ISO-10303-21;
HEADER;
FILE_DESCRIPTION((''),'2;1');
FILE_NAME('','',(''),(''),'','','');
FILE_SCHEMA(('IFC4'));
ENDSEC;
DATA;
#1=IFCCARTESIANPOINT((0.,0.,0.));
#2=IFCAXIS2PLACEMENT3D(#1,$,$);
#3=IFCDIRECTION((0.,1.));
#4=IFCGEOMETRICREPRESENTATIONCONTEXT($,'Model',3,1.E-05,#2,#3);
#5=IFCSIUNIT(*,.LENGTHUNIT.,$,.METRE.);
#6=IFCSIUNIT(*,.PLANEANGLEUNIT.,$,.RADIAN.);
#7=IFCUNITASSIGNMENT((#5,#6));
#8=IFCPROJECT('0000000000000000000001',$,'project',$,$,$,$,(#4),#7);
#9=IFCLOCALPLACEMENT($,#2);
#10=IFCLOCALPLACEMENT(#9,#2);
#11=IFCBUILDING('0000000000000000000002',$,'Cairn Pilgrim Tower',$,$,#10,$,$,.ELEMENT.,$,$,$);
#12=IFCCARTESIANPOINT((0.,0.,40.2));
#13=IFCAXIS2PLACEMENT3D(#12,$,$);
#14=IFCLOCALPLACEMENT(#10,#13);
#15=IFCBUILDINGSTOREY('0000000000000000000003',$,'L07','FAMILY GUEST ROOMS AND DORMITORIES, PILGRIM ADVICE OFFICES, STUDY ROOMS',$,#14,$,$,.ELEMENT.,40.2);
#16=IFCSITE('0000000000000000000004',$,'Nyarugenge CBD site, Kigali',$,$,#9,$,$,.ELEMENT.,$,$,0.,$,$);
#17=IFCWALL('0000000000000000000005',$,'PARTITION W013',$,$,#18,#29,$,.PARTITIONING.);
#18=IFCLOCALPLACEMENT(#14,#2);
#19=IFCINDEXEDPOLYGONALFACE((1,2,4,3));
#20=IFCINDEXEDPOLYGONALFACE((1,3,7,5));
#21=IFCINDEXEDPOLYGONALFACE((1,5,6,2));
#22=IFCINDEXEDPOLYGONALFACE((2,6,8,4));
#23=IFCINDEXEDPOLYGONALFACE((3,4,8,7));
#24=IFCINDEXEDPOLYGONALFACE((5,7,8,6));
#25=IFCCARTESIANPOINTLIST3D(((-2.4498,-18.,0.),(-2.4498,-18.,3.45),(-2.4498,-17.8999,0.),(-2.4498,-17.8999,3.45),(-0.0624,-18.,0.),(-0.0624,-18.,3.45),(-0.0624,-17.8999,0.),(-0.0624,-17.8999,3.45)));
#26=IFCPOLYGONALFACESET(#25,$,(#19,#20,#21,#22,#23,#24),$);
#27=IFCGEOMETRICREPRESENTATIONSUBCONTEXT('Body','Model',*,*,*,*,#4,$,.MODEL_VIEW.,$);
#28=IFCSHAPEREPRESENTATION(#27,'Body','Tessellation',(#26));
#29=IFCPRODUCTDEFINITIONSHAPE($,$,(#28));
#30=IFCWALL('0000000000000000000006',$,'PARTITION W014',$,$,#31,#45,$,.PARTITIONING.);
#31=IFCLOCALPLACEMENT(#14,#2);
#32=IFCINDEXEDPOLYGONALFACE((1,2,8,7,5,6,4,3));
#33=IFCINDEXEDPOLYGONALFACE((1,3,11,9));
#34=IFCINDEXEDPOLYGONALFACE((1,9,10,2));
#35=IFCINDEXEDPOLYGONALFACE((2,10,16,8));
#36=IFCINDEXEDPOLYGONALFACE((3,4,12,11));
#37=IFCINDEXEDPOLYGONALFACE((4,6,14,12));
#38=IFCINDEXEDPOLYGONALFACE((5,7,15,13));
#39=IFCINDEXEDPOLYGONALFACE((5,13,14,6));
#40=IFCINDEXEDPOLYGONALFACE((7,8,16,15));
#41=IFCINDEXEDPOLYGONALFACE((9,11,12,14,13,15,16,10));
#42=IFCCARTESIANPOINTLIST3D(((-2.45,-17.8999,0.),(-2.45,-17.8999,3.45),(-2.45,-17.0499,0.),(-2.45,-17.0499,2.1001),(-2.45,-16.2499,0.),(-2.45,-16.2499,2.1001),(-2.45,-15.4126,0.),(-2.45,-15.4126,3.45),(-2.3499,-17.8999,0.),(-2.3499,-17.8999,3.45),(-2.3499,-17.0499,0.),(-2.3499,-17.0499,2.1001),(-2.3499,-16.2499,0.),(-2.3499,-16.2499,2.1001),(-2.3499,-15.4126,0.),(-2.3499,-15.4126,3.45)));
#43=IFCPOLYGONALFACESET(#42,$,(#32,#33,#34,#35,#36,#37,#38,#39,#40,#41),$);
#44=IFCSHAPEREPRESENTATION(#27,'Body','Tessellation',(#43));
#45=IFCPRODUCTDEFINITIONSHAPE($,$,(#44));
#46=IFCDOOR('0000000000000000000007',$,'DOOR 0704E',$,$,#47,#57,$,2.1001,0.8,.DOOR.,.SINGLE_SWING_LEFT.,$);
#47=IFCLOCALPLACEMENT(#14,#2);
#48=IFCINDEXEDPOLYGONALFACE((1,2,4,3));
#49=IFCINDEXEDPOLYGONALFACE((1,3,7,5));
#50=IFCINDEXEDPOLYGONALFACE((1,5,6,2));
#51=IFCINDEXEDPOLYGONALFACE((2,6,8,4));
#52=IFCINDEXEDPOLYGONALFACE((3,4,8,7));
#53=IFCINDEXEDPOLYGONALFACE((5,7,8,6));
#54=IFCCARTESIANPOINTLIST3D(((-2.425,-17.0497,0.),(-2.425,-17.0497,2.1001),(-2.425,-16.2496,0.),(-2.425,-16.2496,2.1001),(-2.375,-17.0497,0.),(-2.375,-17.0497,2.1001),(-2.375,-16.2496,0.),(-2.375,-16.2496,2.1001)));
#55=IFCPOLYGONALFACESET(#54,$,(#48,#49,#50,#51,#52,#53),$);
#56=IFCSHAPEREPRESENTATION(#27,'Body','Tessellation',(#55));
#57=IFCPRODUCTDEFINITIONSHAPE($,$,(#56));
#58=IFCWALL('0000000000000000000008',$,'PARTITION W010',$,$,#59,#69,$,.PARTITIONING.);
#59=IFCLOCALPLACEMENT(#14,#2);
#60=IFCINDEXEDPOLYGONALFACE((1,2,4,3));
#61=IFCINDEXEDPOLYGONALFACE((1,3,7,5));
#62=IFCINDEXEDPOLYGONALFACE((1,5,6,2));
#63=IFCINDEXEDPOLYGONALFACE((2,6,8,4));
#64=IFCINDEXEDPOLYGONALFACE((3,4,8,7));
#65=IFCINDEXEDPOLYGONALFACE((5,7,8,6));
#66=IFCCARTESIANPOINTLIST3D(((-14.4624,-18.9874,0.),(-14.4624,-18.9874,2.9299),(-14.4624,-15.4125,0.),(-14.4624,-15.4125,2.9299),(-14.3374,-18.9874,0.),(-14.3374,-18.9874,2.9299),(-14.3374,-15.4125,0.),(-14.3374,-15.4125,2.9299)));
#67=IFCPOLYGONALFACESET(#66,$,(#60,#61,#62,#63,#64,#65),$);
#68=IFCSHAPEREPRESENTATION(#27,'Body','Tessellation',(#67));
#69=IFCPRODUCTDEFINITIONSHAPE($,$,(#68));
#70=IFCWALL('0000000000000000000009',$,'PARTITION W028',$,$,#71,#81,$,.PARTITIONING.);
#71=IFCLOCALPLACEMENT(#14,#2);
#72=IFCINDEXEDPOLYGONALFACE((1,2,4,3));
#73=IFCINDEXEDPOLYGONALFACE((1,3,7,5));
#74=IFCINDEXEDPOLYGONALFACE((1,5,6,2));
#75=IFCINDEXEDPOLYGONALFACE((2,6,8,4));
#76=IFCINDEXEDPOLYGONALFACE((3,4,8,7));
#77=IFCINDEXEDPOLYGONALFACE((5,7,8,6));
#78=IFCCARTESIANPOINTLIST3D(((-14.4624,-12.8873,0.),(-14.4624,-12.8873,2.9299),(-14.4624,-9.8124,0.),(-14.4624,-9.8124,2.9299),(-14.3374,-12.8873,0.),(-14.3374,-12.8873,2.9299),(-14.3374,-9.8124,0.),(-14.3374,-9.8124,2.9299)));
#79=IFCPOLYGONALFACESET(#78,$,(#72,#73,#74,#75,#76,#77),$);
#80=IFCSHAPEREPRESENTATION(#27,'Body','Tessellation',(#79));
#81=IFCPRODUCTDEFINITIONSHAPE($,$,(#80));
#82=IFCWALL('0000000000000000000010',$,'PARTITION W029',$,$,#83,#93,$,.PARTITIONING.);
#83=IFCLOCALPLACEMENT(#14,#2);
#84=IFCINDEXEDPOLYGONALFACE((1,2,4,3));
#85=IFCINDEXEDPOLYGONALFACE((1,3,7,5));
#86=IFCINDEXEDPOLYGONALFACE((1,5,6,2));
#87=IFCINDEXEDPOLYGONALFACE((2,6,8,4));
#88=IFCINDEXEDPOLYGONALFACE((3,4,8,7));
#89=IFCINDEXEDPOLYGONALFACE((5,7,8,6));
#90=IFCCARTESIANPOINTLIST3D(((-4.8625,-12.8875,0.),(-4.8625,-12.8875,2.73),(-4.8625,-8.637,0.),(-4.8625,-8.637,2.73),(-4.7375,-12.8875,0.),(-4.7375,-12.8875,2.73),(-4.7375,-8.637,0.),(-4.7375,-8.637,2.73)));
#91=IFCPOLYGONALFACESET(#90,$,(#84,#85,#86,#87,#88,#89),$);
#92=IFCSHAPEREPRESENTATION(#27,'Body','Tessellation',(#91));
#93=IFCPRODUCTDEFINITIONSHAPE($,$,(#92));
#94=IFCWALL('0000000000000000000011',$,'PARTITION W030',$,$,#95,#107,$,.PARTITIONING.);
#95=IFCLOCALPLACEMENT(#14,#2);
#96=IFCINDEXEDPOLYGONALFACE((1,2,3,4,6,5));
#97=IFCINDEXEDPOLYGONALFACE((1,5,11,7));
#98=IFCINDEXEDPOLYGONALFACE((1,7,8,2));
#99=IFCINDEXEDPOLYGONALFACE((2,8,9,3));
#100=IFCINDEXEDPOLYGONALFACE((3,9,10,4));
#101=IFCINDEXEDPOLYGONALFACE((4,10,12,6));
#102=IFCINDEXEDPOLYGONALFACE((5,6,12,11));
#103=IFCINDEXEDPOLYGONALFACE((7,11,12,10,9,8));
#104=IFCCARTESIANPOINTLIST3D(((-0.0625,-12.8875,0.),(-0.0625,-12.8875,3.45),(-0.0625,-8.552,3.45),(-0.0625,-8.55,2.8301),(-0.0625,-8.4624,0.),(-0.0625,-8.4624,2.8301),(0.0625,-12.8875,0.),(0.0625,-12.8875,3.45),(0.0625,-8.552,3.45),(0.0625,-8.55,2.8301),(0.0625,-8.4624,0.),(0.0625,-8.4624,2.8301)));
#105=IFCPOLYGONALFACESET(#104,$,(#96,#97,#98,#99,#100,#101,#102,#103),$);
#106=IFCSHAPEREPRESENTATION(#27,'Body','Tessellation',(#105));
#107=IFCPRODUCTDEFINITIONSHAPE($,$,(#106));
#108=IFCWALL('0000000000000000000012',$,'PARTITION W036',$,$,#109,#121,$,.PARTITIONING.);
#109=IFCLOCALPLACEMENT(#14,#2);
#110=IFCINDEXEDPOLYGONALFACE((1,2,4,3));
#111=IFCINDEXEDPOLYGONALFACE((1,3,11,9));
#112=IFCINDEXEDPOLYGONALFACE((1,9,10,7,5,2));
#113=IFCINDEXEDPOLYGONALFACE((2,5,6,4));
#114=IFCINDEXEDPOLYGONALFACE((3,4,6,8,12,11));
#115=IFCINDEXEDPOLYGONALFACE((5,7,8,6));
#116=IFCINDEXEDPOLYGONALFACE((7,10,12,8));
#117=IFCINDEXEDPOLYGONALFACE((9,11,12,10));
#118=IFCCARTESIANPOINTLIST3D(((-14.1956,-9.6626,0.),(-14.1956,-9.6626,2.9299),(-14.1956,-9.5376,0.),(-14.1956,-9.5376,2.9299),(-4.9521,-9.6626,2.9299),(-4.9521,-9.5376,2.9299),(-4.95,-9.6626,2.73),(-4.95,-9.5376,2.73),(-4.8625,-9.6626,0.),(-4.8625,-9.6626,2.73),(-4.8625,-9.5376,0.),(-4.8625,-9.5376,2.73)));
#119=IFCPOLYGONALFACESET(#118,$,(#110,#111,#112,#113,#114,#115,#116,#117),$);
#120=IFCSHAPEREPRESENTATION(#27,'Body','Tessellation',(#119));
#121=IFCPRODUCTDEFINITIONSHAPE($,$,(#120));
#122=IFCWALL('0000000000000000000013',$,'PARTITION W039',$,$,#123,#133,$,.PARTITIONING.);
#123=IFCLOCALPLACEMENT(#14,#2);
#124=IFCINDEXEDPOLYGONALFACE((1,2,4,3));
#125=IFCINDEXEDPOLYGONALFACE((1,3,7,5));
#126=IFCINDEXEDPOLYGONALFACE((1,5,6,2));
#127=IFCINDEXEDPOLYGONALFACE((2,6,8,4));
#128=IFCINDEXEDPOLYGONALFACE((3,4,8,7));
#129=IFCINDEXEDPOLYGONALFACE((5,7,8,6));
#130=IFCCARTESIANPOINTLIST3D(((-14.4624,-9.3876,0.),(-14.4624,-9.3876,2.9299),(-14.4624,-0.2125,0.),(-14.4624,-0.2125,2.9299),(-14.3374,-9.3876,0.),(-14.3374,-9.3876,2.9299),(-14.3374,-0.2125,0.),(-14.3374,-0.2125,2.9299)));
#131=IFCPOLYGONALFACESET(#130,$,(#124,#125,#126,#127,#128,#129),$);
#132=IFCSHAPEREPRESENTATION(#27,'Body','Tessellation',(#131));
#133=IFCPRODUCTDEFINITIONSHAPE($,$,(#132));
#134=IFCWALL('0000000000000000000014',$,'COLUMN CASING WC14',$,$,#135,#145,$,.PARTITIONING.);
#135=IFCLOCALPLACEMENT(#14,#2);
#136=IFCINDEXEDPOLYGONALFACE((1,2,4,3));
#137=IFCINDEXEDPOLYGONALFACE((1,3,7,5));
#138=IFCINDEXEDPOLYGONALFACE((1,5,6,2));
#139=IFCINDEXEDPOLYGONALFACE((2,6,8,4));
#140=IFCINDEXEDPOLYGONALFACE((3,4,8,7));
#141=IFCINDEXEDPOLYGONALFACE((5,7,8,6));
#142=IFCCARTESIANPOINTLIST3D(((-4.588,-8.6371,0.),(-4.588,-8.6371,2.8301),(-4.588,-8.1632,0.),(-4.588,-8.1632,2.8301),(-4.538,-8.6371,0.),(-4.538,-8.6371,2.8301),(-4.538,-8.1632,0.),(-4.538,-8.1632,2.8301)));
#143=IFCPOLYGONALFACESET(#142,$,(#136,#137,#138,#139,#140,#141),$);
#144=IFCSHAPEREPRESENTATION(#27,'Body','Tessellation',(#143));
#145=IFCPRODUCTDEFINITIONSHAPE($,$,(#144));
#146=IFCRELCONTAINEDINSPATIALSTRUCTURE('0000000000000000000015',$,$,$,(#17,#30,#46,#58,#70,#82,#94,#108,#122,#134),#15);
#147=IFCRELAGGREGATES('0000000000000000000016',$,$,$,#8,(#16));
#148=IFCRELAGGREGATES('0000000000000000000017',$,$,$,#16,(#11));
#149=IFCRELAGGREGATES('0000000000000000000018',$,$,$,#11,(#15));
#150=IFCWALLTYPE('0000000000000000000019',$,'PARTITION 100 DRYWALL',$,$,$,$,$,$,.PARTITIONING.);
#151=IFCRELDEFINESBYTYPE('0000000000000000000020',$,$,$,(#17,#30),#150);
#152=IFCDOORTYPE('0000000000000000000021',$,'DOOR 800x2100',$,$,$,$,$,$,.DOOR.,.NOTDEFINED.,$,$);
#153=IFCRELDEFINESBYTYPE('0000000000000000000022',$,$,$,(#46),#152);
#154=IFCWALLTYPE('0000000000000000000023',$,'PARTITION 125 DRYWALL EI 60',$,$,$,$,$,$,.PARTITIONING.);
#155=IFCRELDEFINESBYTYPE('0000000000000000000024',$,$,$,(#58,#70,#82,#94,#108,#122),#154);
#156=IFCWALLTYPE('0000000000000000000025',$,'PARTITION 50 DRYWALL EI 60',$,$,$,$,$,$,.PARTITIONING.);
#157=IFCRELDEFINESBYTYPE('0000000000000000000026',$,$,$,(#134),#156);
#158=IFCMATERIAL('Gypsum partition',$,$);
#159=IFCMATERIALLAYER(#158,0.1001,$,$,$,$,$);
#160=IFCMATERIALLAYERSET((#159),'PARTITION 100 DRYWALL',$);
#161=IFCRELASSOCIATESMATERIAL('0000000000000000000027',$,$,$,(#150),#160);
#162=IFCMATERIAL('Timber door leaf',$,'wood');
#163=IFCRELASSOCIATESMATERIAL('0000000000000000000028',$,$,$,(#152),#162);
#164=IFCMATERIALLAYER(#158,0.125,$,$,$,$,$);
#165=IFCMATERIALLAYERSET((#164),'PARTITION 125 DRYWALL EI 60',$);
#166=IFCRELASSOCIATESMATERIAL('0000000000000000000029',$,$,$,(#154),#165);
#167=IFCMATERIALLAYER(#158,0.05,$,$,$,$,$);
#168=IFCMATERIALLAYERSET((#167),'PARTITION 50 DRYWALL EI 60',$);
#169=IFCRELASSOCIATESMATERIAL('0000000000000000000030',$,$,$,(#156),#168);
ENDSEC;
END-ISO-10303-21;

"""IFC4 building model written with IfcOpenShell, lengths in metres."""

from ifc_helpers import new_model, si_unit, direction, frame, frame_2d, origin, place, context, subcontext, project, spatial, polyline, rectangle, outline, extrude, material, layer, layer_set, type_object, element, fill, save


model = new_model("IFC4")

# Units and contexts
model_context = context("Model", 3, precision=1e-05, world=origin(), true_north=direction((0.0, 1.0)))
body_context = subcontext(model_context, "Body", "Model", "MODEL_VIEW")
ifc_project = project(units=[si_unit("LENGTHUNIT", "METRE"), si_unit("PLANEANGLEUNIT", "RADIAN")], contexts=[model_context])

# Site, building, storey
site_placement = place(None, origin())
site = spatial("IfcSite", under=ifc_project, at=site_placement, Name="Nyarugenge CBD site, Kigali", CompositionType="ELEMENT", RefElevation=0.0)
building_placement = place(site_placement, origin())
building = spatial("IfcBuilding", under=site, at=building_placement, Name="Cairn Pilgrim Tower", CompositionType="ELEMENT")
storey_placement = place(building_placement, frame((0.0, 0.0, 40.2)))
storey = spatial("IfcBuildingStorey", under=building, at=storey_placement, Name="L07", Description="FAMILY GUEST ROOMS AND DORMITORIES, PILGRIM ADVICE OFFICES, STUDY ROOMS", CompositionType="ELEMENT", Elevation=40.2)

# Shared definitions
ifc_material_1 = material(Name="Gypsum partition")
ifc_layer_1 = layer(ifc_material_1, 0.1001)
ifc_layer_set_1 = layer_set([ifc_layer_1], Name="PARTITION 100 DRYWALL")
wall_type_1 = type_object("IfcWallType", Name="PARTITION 100 DRYWALL", PredefinedType="PARTITIONING", material=ifc_layer_set_1)

# Shared definitions
ifc_material_2 = material(Name="Timber door leaf", Category="wood")
door_type = type_object("IfcDoorType", Name="DOOR 800x2100", OperationType="NOTDEFINED", PredefinedType="DOOR", material=ifc_material_2)

# Wall
wall_1_placement = place(storey_placement, frame((-2.45, -17.95, 0.0), z_axis=(0.0, 0.0, 1.0), x_axis=(1.0, 0.0, 0.0)))
element("IfcWall", 1, at=wall_1_placement, inside=storey, type_object=wall_type_1, Name="PARTITION W013", PredefinedType="PARTITIONING", context=body_context, shape_type="SweptSolid", body=[
    extrude(rectangle(XDim=2.3875, YDim=0.1001, at=frame_2d((1.1938, 0.0))), origin(), (0.0, 0.0, 1.0), 3.45),
])

# Wall, opening, door
wall_2_placement = place(storey_placement, frame((-2.3999, -17.8999, 0.0), z_axis=(0.0, 0.0, 1.0), x_axis=(0.0, 1.0, 0.0)))
wall_2 = element("IfcWall", 2, at=wall_2_placement, inside=storey, type_object=wall_type_1, Name="PARTITION W014", PredefinedType="PARTITIONING", context=body_context, shape_type="SweptSolid", body=[
    extrude(rectangle(XDim=2.4873, YDim=0.1001, at=frame_2d((1.2437, 0.0))), origin(), (0.0, 0.0, 1.0), 3.45),
])
opening_1_placement = place(wall_2_placement, frame((0.8501, 0.0, 0.0)))
opening_1 = element("IfcOpeningElement", 3, at=opening_1_placement, cuts=wall_2, PredefinedType="OPENING", context=body_context, shape_type="SweptSolid", body=[
    extrude(rectangle(XDim=0.8, YDim=2.1001, at=frame_2d((0.3999, 1.05))), frame((0.0, 0.0601, 0.0), z_axis=(0.0, -1.0, 0.0), x_axis=(1.0, 0.0, 0.0)), (0.0, 0.0, 1.0), 0.1201),
])
door_1_placement = place(opening_1_placement, frame((0.8, 0.0, 0.0), z_axis=(0.0, 0.0, 1.0), x_axis=(-1.0, 0.0, 0.0)))
door_1 = element("IfcDoor", 4, at=door_1_placement, inside=storey, type_object=door_type, Name="DOOR 0704E", OperationType="SINGLE_SWING_LEFT", OverallHeight=2.1001, OverallWidth=0.8, PredefinedType="DOOR", context=body_context, shape_type="SweptSolid", body=[
    extrude(rectangle(XDim=0.8, YDim=2.1001, at=frame_2d((0.3999, 1.05))), frame((0.0, 0.0249, 0.0), z_axis=(0.0, -1.0, 0.0), x_axis=(1.0, 0.0, 0.0)), (0.0, 0.0, 1.0), 0.05),
])
fill(opening_1, door_1)

# Walls
ifc_layer_2 = layer(ifc_material_1, 0.125)
ifc_layer_set_2 = layer_set([ifc_layer_2], Name="PARTITION 125 DRYWALL EI 60")
wall_type_2 = type_object("IfcWallType", Name="PARTITION 125 DRYWALL EI 60", PredefinedType="PARTITIONING", material=ifc_layer_set_2)
wall_3_placement = place(storey_placement, frame((-14.3999, -18.9875, 0.0), z_axis=(0.0, 0.0, 1.0), x_axis=(0.0, 1.0, 0.0)))
element("IfcWall", 5, at=wall_3_placement, inside=storey, type_object=wall_type_2, Name="PARTITION W010", PredefinedType="PARTITIONING", context=body_context, shape_type="SweptSolid", body=[
    extrude(rectangle(XDim=3.575, YDim=0.125, at=frame_2d((1.7876, 0.0))), origin(), (0.0, 0.0, 1.0), 2.9299),
])
wall_4_placement = place(storey_placement, frame((-14.3999, -12.8875, 0.0), z_axis=(0.0, 0.0, 1.0), x_axis=(0.0, 1.0, 0.0)))
element("IfcWall", 6, at=wall_4_placement, inside=storey, type_object=wall_type_2, Name="PARTITION W028", PredefinedType="PARTITIONING", context=body_context, shape_type="SweptSolid", body=[
    extrude(rectangle(XDim=3.075, YDim=0.125, at=frame_2d((1.5376, 0.0))), origin(), (0.0, 0.0, 1.0), 2.9299),
])
wall_5_placement = place(storey_placement, frame((-4.8, -12.8875, 0.0), z_axis=(0.0, 0.0, 1.0), x_axis=(0.0, 1.0, 0.0)))
element("IfcWall", 7, at=wall_5_placement, inside=storey, type_object=wall_type_2, Name="PARTITION W029", PredefinedType="PARTITIONING", context=body_context, shape_type="SweptSolid", body=[
    extrude(rectangle(XDim=4.2505, YDim=0.125, at=frame_2d((2.1252, 0.0))), origin(), (0.0, 0.0, 1.0), 2.73),
])
wall_6_placement = place(storey_placement, frame((0.0, -12.8875, 0.0), z_axis=(0.0, 0.0, 1.0), x_axis=(0.0, 1.0, 0.0)))
element("IfcWall", 8, at=wall_6_placement, inside=storey, type_object=wall_type_2, Name="PARTITION W030", PredefinedType="PARTITIONING", context=body_context, shape_type="SweptSolid", body=[
    extrude(outline(polyline([(0.0, 0.0), (4.425, 0.0), (4.425, 2.8301), (4.3374, 2.8301), (4.3354, 3.45), (0.0, 3.45), (0.0, 0.0)])), frame((0.0, 0.0625, 0.0), z_axis=(0.0, -1.0, 0.0), x_axis=(1.0, 0.0, 0.0)), (0.0, 0.0, 1.0), 0.125),
])
wall_7_placement = place(storey_placement, frame((-14.1956, -9.6001, 0.0), z_axis=(0.0, 0.0, 1.0), x_axis=(1.0, 0.0, 0.0)))
element("IfcWall", 9, at=wall_7_placement, inside=storey, type_object=wall_type_2, Name="PARTITION W036", PredefinedType="PARTITIONING", context=body_context, shape_type="SweptSolid", body=[
    extrude(outline(polyline([(0.0, 0.0), (9.333, 0.0), (9.333, 2.73), (9.2456, 2.73), (9.2434, 2.9299), (0.0, 2.9299), (0.0, 0.0)])), frame((0.0, 0.0625, 0.0), z_axis=(0.0, -1.0, 0.0), x_axis=(1.0, 0.0, 0.0)), (0.0, 0.0, 1.0), 0.125),
])
wall_8_placement = place(storey_placement, frame((-14.3999, -9.3875, 0.0), z_axis=(0.0, 0.0, 1.0), x_axis=(0.0, 1.0, 0.0)))
element("IfcWall", 10, at=wall_8_placement, inside=storey, type_object=wall_type_2, Name="PARTITION W039", PredefinedType="PARTITIONING", context=body_context, shape_type="SweptSolid", body=[
    extrude(rectangle(XDim=9.175, YDim=0.125, at=frame_2d((4.5874, 0.0))), origin(), (0.0, 0.0, 1.0), 2.9299),
])
ifc_layer_3 = layer(ifc_material_1, 0.05)
ifc_layer_set_3 = layer_set([ifc_layer_3], Name="PARTITION 50 DRYWALL EI 60")
wall_type_3 = type_object("IfcWallType", Name="PARTITION 50 DRYWALL EI 60", PredefinedType="PARTITIONING", material=ifc_layer_set_3)
wall_9_placement = place(storey_placement, frame((-4.563, -8.637, 0.0), z_axis=(0.0, 0.0, 1.0), x_axis=(0.0, 1.0, 0.0)))
element("IfcWall", 11, at=wall_9_placement, inside=storey, type_object=wall_type_3, Name="COLUMN CASING WC14", PredefinedType="PARTITIONING", context=body_context, shape_type="SweptSolid", body=[
    extrude(rectangle(XDim=0.4739, YDim=0.05, at=frame_2d((0.2368, 0.0))), origin(), (0.0, 0.0, 1.0), 2.8301),
])

save(model, "model.ifc")
